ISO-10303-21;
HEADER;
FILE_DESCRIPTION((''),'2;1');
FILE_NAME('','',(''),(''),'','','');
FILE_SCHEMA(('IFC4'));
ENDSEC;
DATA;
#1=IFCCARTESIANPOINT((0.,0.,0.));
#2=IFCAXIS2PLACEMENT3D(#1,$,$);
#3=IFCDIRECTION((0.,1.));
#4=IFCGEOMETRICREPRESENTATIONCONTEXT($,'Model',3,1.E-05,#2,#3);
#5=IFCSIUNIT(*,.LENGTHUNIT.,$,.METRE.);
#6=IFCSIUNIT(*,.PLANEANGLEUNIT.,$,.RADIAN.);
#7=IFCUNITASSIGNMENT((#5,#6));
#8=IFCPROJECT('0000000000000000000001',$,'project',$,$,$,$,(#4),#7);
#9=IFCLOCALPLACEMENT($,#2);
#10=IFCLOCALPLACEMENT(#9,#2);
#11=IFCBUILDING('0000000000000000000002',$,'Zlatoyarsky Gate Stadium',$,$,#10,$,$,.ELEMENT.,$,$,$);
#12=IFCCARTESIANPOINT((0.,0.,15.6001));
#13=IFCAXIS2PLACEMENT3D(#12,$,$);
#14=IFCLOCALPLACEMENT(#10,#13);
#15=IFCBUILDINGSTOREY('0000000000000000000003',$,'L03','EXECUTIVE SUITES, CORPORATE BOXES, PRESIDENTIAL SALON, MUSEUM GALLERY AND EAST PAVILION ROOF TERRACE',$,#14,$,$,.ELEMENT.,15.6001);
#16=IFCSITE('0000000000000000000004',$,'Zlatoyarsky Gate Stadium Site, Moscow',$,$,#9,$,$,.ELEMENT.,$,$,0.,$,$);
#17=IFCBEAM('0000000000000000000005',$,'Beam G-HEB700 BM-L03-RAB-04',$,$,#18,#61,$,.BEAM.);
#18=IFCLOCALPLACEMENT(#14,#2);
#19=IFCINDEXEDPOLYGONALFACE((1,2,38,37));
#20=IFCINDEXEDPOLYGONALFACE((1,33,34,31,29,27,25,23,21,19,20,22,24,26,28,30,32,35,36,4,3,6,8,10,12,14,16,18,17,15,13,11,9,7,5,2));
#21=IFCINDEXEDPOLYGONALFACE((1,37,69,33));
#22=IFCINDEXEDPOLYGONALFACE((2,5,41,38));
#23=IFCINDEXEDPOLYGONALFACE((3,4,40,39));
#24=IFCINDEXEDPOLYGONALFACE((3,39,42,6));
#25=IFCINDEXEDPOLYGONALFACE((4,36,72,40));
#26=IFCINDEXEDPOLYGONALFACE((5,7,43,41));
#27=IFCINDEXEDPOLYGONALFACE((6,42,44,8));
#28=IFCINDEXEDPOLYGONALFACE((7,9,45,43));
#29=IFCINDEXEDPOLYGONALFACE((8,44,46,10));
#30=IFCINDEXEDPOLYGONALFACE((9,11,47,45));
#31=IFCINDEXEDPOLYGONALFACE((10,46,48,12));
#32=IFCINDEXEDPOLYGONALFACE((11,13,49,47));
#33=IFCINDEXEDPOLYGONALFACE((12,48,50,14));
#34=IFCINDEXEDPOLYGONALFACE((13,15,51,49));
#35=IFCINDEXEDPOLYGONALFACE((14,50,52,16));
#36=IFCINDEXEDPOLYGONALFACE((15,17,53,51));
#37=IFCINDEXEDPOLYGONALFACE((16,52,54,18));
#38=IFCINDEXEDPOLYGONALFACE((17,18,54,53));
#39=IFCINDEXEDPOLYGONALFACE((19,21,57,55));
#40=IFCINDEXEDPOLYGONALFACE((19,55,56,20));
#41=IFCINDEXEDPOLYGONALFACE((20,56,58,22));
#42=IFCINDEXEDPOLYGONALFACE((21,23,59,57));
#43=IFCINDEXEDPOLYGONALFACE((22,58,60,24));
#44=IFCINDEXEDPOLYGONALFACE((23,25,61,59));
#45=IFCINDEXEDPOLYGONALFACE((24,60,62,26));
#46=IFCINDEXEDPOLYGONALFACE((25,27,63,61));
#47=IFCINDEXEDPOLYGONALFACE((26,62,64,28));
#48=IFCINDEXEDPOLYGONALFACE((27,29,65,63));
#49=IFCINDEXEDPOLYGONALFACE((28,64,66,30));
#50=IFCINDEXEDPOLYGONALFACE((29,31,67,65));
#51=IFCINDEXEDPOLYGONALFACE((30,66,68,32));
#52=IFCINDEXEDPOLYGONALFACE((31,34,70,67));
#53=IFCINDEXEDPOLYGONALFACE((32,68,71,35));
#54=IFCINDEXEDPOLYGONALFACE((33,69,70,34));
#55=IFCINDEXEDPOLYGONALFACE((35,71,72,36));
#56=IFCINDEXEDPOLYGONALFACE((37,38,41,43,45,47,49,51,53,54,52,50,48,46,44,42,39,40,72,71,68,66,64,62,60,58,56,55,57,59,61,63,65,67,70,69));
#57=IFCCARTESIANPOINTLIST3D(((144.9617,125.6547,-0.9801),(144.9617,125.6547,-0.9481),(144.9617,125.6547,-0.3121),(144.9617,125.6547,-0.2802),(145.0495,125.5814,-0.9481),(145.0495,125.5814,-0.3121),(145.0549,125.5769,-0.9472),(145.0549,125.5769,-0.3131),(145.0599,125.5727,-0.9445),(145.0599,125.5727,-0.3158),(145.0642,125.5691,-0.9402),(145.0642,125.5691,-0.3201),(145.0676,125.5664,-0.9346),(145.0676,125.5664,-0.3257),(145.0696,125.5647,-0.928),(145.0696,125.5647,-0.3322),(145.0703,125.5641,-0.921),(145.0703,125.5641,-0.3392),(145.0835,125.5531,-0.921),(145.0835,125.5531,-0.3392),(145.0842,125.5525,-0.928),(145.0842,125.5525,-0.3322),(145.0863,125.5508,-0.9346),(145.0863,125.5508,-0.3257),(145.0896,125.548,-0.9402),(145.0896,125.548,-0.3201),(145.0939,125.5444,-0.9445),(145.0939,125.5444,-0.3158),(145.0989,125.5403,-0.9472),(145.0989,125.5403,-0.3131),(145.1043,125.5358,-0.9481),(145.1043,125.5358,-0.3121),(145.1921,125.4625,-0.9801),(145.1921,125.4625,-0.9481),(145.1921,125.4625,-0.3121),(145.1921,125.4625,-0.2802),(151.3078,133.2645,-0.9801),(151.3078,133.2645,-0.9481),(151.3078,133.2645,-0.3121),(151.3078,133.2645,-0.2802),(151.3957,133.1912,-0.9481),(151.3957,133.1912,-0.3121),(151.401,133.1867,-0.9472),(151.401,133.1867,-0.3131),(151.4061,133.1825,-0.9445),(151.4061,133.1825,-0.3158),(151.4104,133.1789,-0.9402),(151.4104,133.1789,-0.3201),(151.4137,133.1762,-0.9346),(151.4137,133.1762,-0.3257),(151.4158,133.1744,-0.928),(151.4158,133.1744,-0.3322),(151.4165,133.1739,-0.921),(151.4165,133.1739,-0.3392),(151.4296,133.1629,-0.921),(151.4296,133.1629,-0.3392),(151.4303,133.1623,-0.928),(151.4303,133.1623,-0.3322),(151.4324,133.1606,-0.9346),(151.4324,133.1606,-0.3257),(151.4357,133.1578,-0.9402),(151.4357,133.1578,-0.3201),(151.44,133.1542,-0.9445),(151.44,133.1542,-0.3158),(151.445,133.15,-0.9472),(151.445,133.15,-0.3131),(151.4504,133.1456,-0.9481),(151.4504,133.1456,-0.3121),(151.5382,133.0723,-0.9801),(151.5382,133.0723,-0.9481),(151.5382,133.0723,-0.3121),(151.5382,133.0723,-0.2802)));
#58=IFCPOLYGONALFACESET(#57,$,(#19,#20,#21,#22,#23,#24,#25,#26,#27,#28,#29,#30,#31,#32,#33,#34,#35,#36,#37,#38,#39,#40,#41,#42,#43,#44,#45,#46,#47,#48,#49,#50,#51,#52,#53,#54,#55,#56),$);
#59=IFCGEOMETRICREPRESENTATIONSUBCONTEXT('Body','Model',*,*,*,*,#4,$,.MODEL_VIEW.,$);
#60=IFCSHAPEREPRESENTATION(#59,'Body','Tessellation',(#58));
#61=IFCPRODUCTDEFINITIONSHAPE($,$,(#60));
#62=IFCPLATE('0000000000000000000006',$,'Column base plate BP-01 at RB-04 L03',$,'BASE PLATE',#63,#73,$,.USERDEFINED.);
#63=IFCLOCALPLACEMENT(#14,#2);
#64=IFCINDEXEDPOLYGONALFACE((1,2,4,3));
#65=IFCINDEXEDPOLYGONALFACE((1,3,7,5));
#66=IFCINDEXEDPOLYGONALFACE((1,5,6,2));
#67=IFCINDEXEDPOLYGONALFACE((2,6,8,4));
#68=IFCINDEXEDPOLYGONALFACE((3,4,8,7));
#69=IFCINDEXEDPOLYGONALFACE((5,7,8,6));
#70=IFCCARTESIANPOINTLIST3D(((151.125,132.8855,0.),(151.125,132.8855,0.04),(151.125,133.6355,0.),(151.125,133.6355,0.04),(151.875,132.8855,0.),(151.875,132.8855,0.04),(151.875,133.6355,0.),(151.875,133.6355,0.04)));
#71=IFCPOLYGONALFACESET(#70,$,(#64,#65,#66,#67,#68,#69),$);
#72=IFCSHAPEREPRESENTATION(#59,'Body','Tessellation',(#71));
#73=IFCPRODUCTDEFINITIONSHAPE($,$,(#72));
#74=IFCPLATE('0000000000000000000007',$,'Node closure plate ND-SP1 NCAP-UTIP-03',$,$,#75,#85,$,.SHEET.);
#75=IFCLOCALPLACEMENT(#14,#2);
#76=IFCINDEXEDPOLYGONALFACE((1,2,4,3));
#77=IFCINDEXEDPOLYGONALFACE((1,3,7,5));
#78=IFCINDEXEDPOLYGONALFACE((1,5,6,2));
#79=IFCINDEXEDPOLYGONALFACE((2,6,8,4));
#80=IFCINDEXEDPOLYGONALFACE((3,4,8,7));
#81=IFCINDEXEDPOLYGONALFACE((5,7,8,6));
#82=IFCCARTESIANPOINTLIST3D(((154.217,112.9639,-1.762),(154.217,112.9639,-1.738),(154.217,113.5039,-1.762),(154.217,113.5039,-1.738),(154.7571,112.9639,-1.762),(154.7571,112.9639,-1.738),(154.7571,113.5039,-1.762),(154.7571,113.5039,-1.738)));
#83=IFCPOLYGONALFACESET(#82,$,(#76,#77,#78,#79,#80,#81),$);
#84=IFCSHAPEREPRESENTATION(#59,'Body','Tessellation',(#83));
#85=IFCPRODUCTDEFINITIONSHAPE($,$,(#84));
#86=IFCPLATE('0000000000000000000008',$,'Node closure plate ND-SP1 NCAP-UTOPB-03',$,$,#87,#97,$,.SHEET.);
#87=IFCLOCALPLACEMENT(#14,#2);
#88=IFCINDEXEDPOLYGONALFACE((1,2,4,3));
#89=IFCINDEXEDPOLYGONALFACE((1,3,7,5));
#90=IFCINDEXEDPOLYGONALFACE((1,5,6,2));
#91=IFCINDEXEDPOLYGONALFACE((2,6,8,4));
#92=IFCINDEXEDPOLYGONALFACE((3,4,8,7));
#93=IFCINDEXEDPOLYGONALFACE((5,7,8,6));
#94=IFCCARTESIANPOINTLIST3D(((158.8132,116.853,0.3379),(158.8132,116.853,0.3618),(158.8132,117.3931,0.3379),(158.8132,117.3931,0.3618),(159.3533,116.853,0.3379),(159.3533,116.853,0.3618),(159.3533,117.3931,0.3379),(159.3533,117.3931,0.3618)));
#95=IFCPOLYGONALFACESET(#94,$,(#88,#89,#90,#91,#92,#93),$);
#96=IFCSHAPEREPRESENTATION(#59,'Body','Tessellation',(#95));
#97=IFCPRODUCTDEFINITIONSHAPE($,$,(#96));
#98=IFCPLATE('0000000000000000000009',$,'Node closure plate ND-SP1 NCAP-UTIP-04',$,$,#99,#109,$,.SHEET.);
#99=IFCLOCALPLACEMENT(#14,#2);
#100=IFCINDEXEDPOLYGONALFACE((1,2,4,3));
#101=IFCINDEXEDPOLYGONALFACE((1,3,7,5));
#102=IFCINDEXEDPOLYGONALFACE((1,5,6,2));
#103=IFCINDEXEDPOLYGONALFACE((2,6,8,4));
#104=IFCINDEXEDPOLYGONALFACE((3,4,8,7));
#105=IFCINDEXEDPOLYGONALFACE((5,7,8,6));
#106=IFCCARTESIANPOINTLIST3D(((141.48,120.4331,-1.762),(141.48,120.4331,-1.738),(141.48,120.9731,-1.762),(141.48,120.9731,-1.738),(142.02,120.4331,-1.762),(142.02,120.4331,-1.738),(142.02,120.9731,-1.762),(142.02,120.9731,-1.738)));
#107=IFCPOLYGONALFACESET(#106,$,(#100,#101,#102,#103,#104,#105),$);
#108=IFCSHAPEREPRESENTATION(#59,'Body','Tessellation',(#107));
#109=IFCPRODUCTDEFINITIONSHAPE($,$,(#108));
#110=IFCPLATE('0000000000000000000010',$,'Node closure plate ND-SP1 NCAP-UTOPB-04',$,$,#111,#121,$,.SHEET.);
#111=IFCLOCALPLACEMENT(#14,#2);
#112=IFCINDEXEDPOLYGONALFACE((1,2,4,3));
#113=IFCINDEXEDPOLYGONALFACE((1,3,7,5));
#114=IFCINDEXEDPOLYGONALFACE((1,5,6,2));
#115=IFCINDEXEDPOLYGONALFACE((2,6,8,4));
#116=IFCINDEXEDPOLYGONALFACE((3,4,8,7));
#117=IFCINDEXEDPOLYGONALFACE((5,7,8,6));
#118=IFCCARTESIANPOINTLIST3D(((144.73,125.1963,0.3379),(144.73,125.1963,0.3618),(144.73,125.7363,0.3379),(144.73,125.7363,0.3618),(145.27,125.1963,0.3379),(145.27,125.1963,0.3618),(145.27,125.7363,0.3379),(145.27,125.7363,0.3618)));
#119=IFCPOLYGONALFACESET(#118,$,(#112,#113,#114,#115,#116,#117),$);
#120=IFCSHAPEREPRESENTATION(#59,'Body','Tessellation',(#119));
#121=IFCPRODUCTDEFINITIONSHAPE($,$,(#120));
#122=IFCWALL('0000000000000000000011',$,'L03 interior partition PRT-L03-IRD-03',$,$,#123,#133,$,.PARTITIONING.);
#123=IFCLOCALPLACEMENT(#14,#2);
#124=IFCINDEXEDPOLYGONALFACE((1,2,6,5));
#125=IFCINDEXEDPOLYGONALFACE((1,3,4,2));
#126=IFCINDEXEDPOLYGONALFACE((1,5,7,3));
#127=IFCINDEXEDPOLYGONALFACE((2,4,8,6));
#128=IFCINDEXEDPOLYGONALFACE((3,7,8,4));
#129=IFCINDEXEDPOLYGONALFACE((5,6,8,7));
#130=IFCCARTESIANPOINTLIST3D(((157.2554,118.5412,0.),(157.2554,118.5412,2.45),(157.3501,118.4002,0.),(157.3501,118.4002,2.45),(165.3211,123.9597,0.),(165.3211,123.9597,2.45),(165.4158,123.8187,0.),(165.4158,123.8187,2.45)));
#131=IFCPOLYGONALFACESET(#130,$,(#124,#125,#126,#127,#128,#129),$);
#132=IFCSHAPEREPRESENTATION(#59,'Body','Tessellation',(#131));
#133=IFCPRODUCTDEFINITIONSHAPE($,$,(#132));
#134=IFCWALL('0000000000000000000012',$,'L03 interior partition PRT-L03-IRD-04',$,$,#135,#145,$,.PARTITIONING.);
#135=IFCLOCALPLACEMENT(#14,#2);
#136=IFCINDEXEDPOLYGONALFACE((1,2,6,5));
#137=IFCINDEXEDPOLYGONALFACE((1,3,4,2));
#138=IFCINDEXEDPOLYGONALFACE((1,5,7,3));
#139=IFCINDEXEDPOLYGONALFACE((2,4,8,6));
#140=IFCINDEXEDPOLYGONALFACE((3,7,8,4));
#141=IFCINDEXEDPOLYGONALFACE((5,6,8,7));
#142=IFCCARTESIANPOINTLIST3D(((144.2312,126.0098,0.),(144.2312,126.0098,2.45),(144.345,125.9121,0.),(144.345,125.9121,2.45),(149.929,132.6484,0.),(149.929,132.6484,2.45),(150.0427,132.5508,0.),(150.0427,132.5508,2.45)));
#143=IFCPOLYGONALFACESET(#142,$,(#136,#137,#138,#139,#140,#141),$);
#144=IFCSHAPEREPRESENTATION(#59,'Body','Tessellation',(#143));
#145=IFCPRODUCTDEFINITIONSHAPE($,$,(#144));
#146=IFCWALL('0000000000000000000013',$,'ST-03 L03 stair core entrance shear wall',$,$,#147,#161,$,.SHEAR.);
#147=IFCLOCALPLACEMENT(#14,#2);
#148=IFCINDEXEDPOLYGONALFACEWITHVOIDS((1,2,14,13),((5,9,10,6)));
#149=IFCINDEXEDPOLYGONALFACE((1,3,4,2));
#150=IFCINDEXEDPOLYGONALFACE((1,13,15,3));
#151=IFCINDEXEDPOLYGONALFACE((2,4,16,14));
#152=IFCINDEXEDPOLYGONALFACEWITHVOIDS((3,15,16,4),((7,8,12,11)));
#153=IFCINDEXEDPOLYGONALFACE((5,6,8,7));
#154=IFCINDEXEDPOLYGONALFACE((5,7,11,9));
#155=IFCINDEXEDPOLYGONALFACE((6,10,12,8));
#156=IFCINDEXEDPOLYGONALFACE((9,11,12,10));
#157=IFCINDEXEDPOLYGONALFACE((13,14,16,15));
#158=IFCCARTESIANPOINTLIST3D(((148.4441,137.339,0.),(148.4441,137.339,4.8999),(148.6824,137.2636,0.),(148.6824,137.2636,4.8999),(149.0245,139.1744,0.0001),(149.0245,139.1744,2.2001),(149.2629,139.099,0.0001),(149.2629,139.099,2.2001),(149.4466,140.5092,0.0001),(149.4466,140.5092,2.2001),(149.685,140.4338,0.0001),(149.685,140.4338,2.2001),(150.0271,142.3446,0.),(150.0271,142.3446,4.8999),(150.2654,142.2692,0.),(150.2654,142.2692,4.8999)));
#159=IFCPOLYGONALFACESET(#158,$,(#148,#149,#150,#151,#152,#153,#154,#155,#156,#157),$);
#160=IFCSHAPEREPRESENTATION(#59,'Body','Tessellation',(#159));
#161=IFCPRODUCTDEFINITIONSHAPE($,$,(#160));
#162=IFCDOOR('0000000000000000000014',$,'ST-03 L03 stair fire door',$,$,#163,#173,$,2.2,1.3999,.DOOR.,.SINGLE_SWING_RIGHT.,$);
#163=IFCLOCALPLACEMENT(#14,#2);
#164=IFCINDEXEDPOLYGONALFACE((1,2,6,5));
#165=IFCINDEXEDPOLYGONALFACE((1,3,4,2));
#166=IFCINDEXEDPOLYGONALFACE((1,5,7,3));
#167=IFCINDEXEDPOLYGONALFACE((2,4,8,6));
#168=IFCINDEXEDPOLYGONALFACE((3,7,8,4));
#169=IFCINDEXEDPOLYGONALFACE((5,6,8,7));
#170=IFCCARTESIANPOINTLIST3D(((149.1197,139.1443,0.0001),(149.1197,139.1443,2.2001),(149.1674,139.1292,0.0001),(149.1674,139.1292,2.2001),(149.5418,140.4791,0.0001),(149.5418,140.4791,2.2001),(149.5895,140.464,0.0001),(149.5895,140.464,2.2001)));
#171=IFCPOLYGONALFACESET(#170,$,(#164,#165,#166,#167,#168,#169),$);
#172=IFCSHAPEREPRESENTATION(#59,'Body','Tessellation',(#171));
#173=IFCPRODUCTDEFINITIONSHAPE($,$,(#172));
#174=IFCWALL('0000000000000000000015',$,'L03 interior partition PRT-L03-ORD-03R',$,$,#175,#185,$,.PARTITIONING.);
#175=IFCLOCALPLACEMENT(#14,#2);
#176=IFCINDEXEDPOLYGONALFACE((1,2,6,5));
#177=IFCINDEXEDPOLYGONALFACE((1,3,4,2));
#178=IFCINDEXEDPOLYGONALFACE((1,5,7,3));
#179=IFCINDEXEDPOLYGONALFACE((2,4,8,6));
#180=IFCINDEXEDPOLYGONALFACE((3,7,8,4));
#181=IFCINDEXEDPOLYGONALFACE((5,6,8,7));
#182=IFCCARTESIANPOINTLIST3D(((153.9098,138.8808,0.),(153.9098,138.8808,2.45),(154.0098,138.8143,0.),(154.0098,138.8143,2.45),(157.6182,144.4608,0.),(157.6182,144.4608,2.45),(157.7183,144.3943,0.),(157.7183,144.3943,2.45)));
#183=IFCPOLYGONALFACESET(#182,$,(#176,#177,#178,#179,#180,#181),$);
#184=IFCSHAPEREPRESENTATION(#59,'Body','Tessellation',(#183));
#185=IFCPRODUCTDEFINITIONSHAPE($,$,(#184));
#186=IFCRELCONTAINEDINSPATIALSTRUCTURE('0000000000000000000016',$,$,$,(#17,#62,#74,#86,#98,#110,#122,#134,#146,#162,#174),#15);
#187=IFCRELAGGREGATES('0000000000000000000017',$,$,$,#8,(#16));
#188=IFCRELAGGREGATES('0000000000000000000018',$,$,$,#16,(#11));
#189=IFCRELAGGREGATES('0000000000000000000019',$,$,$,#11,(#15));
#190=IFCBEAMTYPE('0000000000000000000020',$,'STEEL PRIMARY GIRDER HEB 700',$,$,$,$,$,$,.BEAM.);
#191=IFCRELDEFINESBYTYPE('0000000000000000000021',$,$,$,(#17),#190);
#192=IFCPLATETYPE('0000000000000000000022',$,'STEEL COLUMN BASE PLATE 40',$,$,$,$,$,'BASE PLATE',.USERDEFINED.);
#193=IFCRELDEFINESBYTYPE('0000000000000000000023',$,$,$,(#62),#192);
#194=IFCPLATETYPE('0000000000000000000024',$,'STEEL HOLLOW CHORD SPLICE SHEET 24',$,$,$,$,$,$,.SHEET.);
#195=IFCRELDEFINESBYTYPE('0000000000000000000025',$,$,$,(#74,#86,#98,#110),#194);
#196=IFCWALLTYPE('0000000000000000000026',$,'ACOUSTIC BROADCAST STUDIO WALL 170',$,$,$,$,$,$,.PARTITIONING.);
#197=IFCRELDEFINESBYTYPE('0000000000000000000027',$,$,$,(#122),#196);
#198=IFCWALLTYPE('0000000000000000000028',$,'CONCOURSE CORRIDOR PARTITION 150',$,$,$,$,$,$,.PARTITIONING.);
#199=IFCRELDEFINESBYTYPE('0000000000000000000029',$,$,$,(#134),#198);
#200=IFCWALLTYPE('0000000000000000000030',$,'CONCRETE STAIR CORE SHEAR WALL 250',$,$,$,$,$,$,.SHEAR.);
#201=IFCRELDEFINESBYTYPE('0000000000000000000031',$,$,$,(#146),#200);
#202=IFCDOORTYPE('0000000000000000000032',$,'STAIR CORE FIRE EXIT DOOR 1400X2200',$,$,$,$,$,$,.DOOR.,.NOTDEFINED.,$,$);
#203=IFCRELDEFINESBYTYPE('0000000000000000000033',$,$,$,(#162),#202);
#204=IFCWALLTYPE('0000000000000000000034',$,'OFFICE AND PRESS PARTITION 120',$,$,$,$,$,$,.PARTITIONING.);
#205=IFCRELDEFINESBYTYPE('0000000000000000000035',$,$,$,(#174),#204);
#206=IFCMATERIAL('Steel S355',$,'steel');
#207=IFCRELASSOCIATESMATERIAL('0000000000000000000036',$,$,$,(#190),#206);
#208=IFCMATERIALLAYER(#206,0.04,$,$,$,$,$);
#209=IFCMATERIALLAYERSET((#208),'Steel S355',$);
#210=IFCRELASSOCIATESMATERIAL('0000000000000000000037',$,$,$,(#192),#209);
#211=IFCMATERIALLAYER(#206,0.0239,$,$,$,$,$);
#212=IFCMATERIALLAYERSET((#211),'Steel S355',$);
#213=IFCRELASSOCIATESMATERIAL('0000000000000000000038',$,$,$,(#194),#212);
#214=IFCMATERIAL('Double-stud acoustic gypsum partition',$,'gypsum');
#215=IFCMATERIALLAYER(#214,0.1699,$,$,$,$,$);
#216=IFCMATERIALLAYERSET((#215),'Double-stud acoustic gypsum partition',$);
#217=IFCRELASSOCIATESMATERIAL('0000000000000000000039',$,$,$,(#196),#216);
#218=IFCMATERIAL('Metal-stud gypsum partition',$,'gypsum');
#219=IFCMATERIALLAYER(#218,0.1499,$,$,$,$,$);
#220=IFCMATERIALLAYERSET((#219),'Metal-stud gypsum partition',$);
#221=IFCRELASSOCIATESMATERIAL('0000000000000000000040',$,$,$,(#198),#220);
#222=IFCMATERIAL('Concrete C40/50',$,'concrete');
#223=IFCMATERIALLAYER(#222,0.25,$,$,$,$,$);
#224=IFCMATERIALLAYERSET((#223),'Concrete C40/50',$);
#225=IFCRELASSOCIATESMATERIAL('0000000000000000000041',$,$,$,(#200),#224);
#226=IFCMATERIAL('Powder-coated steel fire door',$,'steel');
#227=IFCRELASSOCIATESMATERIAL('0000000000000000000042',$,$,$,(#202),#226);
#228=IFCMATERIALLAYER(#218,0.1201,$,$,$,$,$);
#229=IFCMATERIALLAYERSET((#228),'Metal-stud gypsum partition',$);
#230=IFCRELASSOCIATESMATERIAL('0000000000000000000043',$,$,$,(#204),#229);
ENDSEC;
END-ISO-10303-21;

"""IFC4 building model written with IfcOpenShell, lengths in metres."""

from ifc_helpers import new_model, si_unit, direction, frame, frame_2d, origin, origin_2d, place, context, subcontext, project, spatial, rectangle, i_section, extrude, material, layer, layer_set, material_profile, profile_set, type_object, element, fill, save


model = new_model("IFC4")

# Units and contexts
model_context = context("Model", 3, precision=1e-05, world=origin(), true_north=direction((0.0, 1.0)))
body_context = subcontext(model_context, "Body", "Model", "MODEL_VIEW")
ifc_project = project(units=[si_unit("LENGTHUNIT", "METRE"), si_unit("PLANEANGLEUNIT", "RADIAN")], contexts=[model_context])

# Site, building, storey
site_placement = place(None, origin())
site = spatial("IfcSite", under=ifc_project, at=site_placement, Name="Zlatoyarsky Gate Stadium Site, Moscow", CompositionType="ELEMENT", RefElevation=0.0)
building_placement = place(site_placement, origin())
building = spatial("IfcBuilding", under=site, at=building_placement, Name="Zlatoyarsky Gate Stadium", CompositionType="ELEMENT")
storey_placement = place(building_placement, frame((0.0, 0.0, 15.6001)))
storey = spatial("IfcBuildingStorey", under=building, at=storey_placement, Name="L03", Description="EXECUTIVE SUITES, CORPORATE BOXES, PRESIDENTIAL SALON, MUSEUM GALLERY AND EAST PAVILION ROOF TERRACE", CompositionType="ELEMENT", Elevation=15.6001)

# Shared definitions
ifc_material_1 = material(Name="Steel S355", Category="steel")

# Beam
ifc_material_profile_1 = material_profile(ifc_material_1, i_section(OverallWidth=0.3, OverallDepth=0.7, WebThickness=0.0171, FlangeThickness=0.032, FilletRadius=0.0271, at=origin_2d()), Name="HEB 700")
ifc_profile_set_1 = profile_set([ifc_material_profile_1], Name="Steel S355")
beam_type_1 = type_object("IfcBeamType", Name="STEEL PRIMARY GIRDER HEB 700", PredefinedType="BEAM", material=ifc_profile_set_1)
beam_1_placement = place(storey_placement, frame((145.0769, 125.5586, -0.6301), z_axis=(0.640461, 0.767991, 0.0), x_axis=(-0.767991, 0.640461, 0.0)))
element("IfcBeam", 1, at=beam_1_placement, inside=storey, type_object=beam_type_1, Name="Beam G-HEB700 BM-L03-RAB-04", PredefinedType="BEAM", context=body_context, shape_type="SweptSolid", body=[
    extrude(i_section(OverallWidth=0.3, OverallDepth=0.7, WebThickness=0.0171, FlangeThickness=0.032, FilletRadius=0.0271, at=origin_2d()), origin(), (0.0, 0.0, 1.0), 9.9087),
])

# Plates
ifc_layer_1 = layer(ifc_material_1, 0.04)
ifc_layer_set_1 = layer_set([ifc_layer_1], Name="Steel S355")
plate_type_1 = type_object("IfcPlateType", Name="STEEL COLUMN BASE PLATE 40", ElementType="BASE PLATE", PredefinedType="USERDEFINED", material=ifc_layer_set_1)
plate_placement = place(storey_placement, frame((151.5, 133.2605, 0.0), z_axis=(0.0, 0.0, 1.0), x_axis=(1.0, 0.0, 0.0)))
element("IfcPlate", 2, at=plate_placement, inside=storey, type_object=plate_type_1, Name="Column base plate BP-01 at RB-04 L03", ObjectType="BASE PLATE", PredefinedType="USERDEFINED", context=body_context, shape_type="SweptSolid", body=[
    extrude(rectangle(XDim=0.75, YDim=0.75, at=origin_2d()), origin(), (0.0, 0.0, 1.0), 0.04),
])
ifc_layer_2 = layer(ifc_material_1, 0.0239)
ifc_layer_set_2 = layer_set([ifc_layer_2], Name="Steel S355")
plate_type_2 = type_object("IfcPlateType", Name="STEEL HOLLOW CHORD SPLICE SHEET 24", PredefinedType="SHEET", material=ifc_layer_set_2)
for number, where, z_axis, x_axis, name in (
    (3, (154.4871, 113.2339, -1.762), (0.0, 0.0, 1.0), (1.0, 0.0, 0.0), "Node closure plate ND-SP1 NCAP-UTIP-03"),
    (4, (159.0833, 117.123, 0.3379), (0.0, 0.0, 1.0), (1.0, 0.0, 0.0), "Node closure plate ND-SP1 NCAP-UTOPB-03"),
    (5, (141.75, 120.7031, -1.762), (0.0, 0.0, 1.0), (1.0, 0.0, 0.0), "Node closure plate ND-SP1 NCAP-UTIP-04"),
    (6, (145.0, 125.4663, 0.3379), (0.0, 0.0, 1.0), (1.0, 0.0, 0.0), "Node closure plate ND-SP1 NCAP-UTOPB-04"),
):
    element("IfcPlate", number, at=place(storey_placement, frame(where, z_axis=z_axis, x_axis=x_axis)), inside=storey, type_object=plate_type_2, Name=name, PredefinedType="SHEET", context=body_context, shape_type="SweptSolid", body=[
        extrude(rectangle(XDim=0.54, YDim=0.54, at=origin_2d()), origin(), (0.0, 0.0, 1.0), 0.0239),
    ])

# Walls
ifc_material_2 = material(Name="Double-stud acoustic gypsum partition", Category="gypsum")
ifc_layer_3 = layer(ifc_material_2, 0.1699)
ifc_layer_set_3 = layer_set([ifc_layer_3], Name="Double-stud acoustic gypsum partition")
wall_type_1 = type_object("IfcWallType", Name="ACOUSTIC BROADCAST STUDIO WALL 170", PredefinedType="PARTITIONING", material=ifc_layer_set_3)
wall_1_placement = place(storey_placement, frame((157.3027, 118.4707, 0.0), z_axis=(0.0, 0.0, 1.0), x_axis=(0.830081, 0.557642, 0.0)))
element("IfcWall", 7, at=wall_1_placement, inside=storey, type_object=wall_type_1, Name="L03 interior partition PRT-L03-IRD-03", PredefinedType="PARTITIONING", context=body_context, shape_type="SweptSolid", body=[
    extrude(rectangle(XDim=9.7168, YDim=0.1699, at=frame_2d((4.8584, 0.0))), origin(), (0.0, 0.0, 1.0), 2.45),
])
ifc_material_3 = material(Name="Metal-stud gypsum partition", Category="gypsum")
ifc_layer_4 = layer(ifc_material_3, 0.1499)
ifc_layer_set_4 = layer_set([ifc_layer_4], Name="Metal-stud gypsum partition")
wall_type_2 = type_object("IfcWallType", Name="CONCOURSE CORRIDOR PARTITION 150", PredefinedType="PARTITIONING", material=ifc_layer_set_4)
wall_2_placement = place(storey_placement, frame((144.2881, 125.9609, 0.0), z_axis=(0.0, 0.0, 1.0), x_axis=(0.651283, 0.758835, 0.0)))
element("IfcWall", 8, at=wall_2_placement, inside=storey, type_object=wall_type_2, Name="L03 interior partition PRT-L03-IRD-04", PredefinedType="PARTITIONING", context=body_context, shape_type="SweptSolid", body=[
    extrude(rectangle(XDim=8.7485, YDim=0.1499, at=frame_2d((4.3743, 0.0))), origin(), (0.0, 0.0, 1.0), 2.45),
])

# Wall, opening, door
ifc_material_4 = material(Name="Concrete C40/50", Category="concrete")
ifc_layer_5 = layer(ifc_material_4, 0.25)
ifc_layer_set_5 = layer_set([ifc_layer_5], Name="Concrete C40/50")
wall_type_3 = type_object("IfcWallType", Name="CONCRETE STAIR CORE SHEAR WALL 250", PredefinedType="SHEAR", material=ifc_layer_set_5)
wall_3_placement = place(storey_placement, frame((148.5632, 137.3013, 0.0), z_axis=(0.0, 0.0, 1.0), x_axis=(0.301527, 0.953457, 0.0)))
wall_3 = element("IfcWall", 9, at=wall_3_placement, inside=storey, type_object=wall_type_3, Name="ST-03 L03 stair core entrance shear wall", PredefinedType="SHEAR", context=body_context, shape_type="SweptSolid", body=[
    extrude(rectangle(XDim=5.25, YDim=0.25, at=frame_2d((2.625, 0.0))), origin(), (0.0, 0.0, 1.0), 4.8999),
])
opening_1_placement = place(wall_3_placement, frame((1.925, 0.0, 0.0)))
opening_1 = element("IfcOpeningElement", 10, at=opening_1_placement, cuts=wall_3, PredefinedType="OPENING", context=body_context, shape_type="SweptSolid", body=[
    extrude(rectangle(XDim=1.3999, YDim=2.2, at=frame_2d((0.7, 1.1001))), frame((0.0, 0.135, 0.0), z_axis=(0.0, -1.0, 0.0), x_axis=(1.0, 0.0, 0.0)), (0.0, 0.0, 1.0), 0.27),
])
ifc_material_5 = material(Name="Powder-coated steel fire door", Category="steel")
door_type_1 = type_object("IfcDoorType", Name="STAIR CORE FIRE EXIT DOOR 1400X2200", OperationType="NOTDEFINED", PredefinedType="DOOR", material=ifc_material_5)
door_1_placement = place(opening_1_placement, frame((1.3999, 0.0, 0.0), z_axis=(0.0, 0.0, 1.0), x_axis=(-1.0, 0.0, 0.0)))
door_1 = element("IfcDoor", 11, at=door_1_placement, inside=storey, type_object=door_type_1, Name="ST-03 L03 stair fire door", OperationType="SINGLE_SWING_RIGHT", OverallHeight=2.2, OverallWidth=1.3999, PredefinedType="DOOR", context=body_context, shape_type="SweptSolid", body=[
    extrude(rectangle(XDim=1.3999, YDim=2.2, at=frame_2d((0.7, 1.1001))), frame((0.0, 0.0249, 0.0), z_axis=(0.0, -1.0, 0.0), x_axis=(1.0, 0.0, 0.0)), (0.0, 0.0, 1.0), 0.05),
])
fill(opening_1, door_1)

# Wall
ifc_layer_6 = layer(ifc_material_3, 0.1201)
ifc_layer_set_6 = layer_set([ifc_layer_6], Name="Metal-stud gypsum partition")
wall_type_4 = type_object("IfcWallType", Name="OFFICE AND PRESS PARTITION 120", PredefinedType="PARTITIONING", material=ifc_layer_set_6)
wall_4_placement = place(storey_placement, frame((153.9597, 138.8474, 0.0), z_axis=(0.0, 0.0, 1.0), x_axis=(0.553506, 0.832845, 0.0)))
element("IfcWall", 12, at=wall_4_placement, inside=storey, type_object=wall_type_4, Name="L03 interior partition PRT-L03-ORD-03R", PredefinedType="PARTITIONING", context=body_context, shape_type="SweptSolid", body=[
    extrude(rectangle(XDim=6.7, YDim=0.1201, at=frame_2d((3.3501, 0.0))), origin(), (0.0, 0.0, 1.0), 2.45),
])

save(model, "model.ifc")
